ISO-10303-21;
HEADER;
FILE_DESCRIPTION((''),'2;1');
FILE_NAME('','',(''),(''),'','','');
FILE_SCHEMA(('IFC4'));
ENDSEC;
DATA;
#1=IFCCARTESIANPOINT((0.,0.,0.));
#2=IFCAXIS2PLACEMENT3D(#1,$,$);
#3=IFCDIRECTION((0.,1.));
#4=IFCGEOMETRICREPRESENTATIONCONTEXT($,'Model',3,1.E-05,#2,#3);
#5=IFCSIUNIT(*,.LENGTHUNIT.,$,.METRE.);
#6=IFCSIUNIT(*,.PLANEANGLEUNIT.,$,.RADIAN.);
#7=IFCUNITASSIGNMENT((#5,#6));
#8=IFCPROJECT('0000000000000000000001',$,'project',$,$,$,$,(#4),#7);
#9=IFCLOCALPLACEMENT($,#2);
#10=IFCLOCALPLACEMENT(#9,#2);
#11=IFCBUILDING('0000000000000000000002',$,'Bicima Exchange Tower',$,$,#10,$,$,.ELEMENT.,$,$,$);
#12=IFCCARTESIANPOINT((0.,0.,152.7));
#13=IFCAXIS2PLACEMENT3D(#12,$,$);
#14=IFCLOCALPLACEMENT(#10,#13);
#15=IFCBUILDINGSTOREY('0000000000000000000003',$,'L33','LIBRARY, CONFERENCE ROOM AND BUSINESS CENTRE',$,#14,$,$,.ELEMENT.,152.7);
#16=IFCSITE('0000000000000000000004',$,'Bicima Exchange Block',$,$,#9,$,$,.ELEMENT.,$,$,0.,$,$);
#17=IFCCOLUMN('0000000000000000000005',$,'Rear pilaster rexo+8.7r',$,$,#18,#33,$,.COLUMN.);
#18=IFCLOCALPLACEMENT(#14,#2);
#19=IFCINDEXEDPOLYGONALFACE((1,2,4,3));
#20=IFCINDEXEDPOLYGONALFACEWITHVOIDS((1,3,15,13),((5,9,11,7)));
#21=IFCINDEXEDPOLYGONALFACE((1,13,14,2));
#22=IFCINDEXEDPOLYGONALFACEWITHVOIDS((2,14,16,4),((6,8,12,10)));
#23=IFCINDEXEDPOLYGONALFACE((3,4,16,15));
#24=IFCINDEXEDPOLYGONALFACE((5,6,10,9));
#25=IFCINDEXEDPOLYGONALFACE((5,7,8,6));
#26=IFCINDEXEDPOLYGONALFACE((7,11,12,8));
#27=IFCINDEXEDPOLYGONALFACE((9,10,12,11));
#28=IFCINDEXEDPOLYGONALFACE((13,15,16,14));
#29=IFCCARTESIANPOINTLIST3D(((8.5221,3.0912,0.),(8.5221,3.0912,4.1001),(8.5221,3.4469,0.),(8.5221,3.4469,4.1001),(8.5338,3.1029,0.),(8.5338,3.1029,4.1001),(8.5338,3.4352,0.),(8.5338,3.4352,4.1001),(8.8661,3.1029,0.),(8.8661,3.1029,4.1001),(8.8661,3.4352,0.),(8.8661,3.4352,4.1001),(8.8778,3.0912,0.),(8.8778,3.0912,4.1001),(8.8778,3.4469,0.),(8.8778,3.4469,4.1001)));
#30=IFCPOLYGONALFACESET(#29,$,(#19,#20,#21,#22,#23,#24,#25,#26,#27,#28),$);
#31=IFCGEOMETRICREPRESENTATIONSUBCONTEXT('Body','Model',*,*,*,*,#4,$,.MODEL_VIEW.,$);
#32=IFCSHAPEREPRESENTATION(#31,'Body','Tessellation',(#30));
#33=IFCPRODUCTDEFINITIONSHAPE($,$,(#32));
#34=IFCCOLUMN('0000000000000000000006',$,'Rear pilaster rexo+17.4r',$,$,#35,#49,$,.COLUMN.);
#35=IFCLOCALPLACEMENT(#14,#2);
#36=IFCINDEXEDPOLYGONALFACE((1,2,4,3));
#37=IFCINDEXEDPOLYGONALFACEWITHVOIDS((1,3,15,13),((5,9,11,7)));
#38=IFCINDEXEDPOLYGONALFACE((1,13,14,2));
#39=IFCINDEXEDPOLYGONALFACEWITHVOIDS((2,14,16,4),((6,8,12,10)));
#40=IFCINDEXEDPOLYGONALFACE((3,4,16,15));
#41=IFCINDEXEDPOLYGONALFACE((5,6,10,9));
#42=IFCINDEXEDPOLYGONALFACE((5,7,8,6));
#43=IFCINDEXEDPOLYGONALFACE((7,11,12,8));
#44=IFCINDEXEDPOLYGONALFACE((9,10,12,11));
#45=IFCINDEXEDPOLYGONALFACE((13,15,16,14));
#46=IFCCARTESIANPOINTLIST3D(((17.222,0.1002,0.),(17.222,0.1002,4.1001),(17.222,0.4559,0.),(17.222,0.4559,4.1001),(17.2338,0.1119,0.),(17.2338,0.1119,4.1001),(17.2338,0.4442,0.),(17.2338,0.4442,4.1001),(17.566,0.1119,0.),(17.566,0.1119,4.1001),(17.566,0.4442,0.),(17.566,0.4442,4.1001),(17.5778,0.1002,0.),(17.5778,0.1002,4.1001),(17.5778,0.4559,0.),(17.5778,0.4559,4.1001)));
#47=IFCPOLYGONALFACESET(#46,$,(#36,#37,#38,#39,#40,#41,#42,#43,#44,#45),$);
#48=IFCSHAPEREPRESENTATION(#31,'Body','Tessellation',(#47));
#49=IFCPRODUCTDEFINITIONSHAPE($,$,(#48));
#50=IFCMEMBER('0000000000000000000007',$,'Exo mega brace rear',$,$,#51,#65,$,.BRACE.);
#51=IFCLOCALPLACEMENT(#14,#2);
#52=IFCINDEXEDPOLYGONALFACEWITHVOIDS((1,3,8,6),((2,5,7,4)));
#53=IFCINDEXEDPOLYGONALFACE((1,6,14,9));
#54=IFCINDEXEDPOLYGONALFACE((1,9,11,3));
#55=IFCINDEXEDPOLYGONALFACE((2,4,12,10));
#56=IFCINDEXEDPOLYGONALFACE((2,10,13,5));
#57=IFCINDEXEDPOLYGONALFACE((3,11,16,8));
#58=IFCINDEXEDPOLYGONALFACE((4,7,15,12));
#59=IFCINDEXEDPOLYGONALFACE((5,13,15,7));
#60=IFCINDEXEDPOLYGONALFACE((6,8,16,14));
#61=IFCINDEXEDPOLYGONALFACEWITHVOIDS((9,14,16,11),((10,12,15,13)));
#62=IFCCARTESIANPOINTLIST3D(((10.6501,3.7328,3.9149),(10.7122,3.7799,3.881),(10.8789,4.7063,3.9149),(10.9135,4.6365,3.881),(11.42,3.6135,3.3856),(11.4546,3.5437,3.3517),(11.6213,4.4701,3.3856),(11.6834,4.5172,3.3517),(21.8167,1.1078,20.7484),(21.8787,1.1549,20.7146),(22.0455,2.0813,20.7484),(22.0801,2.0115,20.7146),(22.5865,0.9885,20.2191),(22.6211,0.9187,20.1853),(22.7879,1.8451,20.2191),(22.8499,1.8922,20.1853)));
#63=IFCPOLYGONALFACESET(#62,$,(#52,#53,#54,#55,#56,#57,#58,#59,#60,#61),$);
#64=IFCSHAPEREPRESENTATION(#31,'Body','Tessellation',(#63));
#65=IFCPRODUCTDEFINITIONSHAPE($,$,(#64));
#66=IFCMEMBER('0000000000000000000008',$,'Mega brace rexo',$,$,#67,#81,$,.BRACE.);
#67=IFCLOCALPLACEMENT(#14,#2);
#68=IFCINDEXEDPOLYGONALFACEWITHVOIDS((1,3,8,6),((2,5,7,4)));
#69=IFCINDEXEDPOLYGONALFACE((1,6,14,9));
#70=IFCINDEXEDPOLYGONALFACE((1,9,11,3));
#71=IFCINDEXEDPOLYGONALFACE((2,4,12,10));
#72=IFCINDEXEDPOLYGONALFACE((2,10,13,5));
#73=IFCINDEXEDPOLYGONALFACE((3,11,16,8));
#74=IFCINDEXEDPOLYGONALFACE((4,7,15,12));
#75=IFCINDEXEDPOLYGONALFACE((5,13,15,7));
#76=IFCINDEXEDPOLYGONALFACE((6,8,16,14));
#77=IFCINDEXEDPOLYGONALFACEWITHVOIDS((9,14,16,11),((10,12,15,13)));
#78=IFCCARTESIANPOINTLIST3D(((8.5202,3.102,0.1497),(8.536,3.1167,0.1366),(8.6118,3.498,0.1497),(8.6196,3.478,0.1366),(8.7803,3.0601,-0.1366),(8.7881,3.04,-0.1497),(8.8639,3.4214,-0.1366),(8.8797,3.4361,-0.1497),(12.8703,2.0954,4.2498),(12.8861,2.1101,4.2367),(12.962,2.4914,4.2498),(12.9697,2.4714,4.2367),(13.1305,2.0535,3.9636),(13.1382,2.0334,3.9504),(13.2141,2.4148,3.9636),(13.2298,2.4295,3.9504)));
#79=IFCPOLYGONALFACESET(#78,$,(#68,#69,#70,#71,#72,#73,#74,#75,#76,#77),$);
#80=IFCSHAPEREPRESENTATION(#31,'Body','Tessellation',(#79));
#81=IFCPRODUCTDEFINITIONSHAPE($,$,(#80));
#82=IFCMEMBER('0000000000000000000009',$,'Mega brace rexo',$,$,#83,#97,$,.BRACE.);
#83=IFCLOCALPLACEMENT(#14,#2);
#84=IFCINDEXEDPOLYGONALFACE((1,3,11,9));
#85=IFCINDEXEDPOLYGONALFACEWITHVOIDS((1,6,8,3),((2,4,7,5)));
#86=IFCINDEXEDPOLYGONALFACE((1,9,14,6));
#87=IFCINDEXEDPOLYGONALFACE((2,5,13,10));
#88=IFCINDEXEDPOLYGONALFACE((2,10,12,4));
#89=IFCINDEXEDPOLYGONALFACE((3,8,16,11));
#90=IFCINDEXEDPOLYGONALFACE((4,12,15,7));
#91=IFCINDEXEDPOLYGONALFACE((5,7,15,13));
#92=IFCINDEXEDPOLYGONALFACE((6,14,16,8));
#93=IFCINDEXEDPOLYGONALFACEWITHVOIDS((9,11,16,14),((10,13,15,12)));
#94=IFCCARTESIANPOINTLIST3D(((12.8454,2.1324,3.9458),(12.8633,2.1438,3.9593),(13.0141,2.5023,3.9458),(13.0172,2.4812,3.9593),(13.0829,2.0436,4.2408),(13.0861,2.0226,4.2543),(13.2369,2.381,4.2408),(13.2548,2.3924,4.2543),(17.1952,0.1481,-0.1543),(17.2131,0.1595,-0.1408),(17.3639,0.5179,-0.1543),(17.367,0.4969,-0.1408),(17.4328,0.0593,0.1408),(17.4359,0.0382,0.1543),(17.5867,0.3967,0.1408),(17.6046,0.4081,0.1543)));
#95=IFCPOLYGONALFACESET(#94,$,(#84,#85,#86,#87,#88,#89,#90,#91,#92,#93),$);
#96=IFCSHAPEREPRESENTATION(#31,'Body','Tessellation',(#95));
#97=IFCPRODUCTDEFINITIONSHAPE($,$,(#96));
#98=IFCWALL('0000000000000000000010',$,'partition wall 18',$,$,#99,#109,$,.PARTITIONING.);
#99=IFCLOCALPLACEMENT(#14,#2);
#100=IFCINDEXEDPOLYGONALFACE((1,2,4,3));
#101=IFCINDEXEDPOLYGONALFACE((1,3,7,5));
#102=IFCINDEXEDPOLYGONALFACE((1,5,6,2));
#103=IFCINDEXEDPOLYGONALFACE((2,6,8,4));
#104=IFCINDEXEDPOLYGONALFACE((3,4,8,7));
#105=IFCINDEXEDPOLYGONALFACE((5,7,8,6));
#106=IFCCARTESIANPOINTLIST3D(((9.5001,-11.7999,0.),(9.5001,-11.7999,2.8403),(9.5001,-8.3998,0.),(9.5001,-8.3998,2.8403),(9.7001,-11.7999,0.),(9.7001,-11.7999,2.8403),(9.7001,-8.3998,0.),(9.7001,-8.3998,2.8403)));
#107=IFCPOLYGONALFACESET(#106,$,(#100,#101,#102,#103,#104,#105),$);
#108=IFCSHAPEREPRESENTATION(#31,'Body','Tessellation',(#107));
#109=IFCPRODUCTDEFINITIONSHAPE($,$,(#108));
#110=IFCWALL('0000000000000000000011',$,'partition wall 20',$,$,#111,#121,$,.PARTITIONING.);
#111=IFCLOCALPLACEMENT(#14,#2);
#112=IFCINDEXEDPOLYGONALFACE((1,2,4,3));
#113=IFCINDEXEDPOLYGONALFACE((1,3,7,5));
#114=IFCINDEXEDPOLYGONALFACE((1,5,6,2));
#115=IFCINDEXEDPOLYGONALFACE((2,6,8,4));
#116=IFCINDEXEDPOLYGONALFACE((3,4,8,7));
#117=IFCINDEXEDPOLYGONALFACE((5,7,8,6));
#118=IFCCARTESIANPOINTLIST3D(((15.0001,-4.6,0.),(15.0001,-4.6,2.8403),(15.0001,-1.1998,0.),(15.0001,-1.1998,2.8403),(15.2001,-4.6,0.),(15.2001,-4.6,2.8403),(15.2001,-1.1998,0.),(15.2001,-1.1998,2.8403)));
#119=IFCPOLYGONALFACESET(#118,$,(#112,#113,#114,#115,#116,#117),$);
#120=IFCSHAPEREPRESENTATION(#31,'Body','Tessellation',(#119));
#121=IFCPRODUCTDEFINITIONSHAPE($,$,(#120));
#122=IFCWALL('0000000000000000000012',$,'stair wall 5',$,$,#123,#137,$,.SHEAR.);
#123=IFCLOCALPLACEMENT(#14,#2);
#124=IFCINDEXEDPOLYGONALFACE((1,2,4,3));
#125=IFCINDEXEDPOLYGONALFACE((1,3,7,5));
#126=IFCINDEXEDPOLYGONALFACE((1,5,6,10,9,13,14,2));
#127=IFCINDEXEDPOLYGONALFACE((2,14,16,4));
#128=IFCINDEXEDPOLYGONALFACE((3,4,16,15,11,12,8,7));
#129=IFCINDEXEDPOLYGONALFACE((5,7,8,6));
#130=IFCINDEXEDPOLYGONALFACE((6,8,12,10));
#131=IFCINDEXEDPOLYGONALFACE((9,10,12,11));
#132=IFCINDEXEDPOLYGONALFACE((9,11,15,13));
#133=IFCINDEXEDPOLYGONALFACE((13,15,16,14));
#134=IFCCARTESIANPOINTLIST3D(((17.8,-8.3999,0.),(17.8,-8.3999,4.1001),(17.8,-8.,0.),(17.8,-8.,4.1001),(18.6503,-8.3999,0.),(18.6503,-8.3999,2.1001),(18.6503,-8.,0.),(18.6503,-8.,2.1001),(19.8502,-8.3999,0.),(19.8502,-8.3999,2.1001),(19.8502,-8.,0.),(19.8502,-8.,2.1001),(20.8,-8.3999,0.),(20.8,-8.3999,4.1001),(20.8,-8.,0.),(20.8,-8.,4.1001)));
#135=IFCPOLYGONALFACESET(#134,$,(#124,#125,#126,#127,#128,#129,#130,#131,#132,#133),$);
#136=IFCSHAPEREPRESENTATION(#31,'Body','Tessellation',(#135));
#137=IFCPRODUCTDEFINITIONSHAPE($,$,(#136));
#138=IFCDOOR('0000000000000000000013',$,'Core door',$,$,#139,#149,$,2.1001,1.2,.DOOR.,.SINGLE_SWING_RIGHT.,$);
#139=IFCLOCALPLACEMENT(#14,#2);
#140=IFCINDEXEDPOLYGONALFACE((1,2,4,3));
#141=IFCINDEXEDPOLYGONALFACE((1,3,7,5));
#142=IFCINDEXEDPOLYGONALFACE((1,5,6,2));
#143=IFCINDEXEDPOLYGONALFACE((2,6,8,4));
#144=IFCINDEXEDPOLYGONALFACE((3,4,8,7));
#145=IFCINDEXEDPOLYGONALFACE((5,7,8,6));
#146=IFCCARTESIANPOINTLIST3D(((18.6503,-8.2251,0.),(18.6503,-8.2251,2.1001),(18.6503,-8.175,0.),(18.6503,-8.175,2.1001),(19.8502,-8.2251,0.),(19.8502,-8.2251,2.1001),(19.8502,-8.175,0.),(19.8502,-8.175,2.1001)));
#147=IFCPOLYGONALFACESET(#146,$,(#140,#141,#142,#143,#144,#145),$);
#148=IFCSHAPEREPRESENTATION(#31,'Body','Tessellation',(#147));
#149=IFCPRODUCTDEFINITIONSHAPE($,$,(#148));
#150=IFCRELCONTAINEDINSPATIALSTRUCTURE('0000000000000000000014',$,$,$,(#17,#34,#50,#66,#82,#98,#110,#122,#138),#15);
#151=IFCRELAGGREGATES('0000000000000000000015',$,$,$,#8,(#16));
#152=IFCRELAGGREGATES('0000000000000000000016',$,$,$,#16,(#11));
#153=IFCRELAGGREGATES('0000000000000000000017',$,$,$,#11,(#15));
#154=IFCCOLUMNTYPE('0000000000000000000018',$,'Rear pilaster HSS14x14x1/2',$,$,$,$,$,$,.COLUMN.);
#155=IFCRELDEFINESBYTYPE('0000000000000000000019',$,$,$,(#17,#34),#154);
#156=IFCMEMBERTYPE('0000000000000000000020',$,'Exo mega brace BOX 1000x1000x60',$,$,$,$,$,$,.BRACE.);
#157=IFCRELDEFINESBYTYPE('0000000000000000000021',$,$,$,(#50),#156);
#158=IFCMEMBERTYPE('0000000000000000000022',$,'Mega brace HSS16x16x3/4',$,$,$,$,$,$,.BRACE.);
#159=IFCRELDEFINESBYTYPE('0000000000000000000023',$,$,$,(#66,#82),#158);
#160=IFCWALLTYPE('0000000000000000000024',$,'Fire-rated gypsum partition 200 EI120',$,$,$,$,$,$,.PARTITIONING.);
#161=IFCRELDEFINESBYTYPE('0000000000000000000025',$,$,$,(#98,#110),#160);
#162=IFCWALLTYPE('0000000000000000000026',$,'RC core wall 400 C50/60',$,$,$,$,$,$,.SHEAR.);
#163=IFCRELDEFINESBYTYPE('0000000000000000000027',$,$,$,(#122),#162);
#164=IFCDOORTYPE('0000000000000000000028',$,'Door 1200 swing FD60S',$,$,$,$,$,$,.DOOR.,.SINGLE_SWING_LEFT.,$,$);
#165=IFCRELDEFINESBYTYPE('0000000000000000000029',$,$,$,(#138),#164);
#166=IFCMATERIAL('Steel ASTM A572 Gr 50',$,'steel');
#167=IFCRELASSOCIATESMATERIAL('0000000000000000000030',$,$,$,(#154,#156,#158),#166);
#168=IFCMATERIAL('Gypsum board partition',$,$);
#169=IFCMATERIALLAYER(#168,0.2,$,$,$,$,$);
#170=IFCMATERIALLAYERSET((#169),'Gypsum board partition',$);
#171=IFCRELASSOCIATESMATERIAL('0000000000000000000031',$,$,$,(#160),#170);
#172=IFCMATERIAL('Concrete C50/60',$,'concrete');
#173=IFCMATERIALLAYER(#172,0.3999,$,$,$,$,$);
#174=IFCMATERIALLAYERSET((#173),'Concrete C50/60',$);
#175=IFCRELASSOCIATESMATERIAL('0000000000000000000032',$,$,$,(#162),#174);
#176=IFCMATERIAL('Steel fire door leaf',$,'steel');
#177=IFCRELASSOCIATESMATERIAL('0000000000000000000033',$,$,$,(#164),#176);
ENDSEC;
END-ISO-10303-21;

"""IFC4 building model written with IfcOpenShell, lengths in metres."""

from ifc_helpers import new_model, si_unit, direction, frame, frame_2d, origin, origin_2d, place, context, subcontext, project, spatial, rectangle, hollow_rectangle, extrude, material, layer, layer_set, material_profile, profile_set, type_object, element, fill, save


model = new_model("IFC4")

# Units and contexts
model_context = context("Model", 3, precision=1e-05, world=origin(), true_north=direction((0.0, 1.0)))
body_context = subcontext(model_context, "Body", "Model", "MODEL_VIEW")
ifc_project = project(units=[si_unit("LENGTHUNIT", "METRE"), si_unit("PLANEANGLEUNIT", "RADIAN")], contexts=[model_context])

# Site, building, storey
site_placement = place(None, origin())
site = spatial("IfcSite", under=ifc_project, at=site_placement, Name="Bicima Exchange Block", CompositionType="ELEMENT", RefElevation=0.0)
building_placement = place(site_placement, origin())
building = spatial("IfcBuilding", under=site, at=building_placement, Name="Bicima Exchange Tower", CompositionType="ELEMENT")
storey_placement = place(building_placement, frame((0.0, 0.0, 152.7)))
storey = spatial("IfcBuildingStorey", under=building, at=storey_placement, Name="L33", Description="LIBRARY, CONFERENCE ROOM AND BUSINESS CENTRE", CompositionType="ELEMENT", Elevation=152.7)

# Columns
ifc_material_1 = material(Name="Steel ASTM A572 Gr 50", Category="steel")
ifc_material_profile_1 = material_profile(ifc_material_1, hollow_rectangle(XDim=0.3557, YDim=0.3557, WallThickness=0.0117, at=origin_2d()))
ifc_profile_set_1 = profile_set([ifc_material_profile_1], Name="Steel ASTM A572 Gr 50")
column_type = type_object("IfcColumnType", Name="Rear pilaster HSS14x14x1/2", PredefinedType="COLUMN", material=ifc_profile_set_1)
for number, where, z_axis, x_axis, name in (
    (1, (8.7, 3.269, 0.0), (0.0, 0.0, 1.0), (1.0, 0.0, 0.0), "Rear pilaster rexo+8.7r"),
    (2, (17.3999, 0.2781, 0.0), (0.0, 0.0, 1.0), (1.0, 0.0, 0.0), "Rear pilaster rexo+17.4r"),
):
    element("IfcColumn", number, at=place(storey_placement, frame(where, z_axis=z_axis, x_axis=x_axis)), inside=storey, type_object=column_type, Name=name, PredefinedType="COLUMN", context=body_context, shape_type="SweptSolid", body=[
        extrude(hollow_rectangle(XDim=0.3557, YDim=0.3557, WallThickness=0.0117, at=origin_2d()), origin(), (0.0, 0.0, 1.0), 4.1001),
    ])

# Members
ifc_material_profile_2 = material_profile(ifc_material_1, hollow_rectangle(XDim=1.0, YDim=1.0, WallThickness=0.0601, at=origin_2d()))
ifc_profile_set_2 = profile_set([ifc_material_profile_2], Name="Steel ASTM A572 Gr 50")
member_type_1 = type_object("IfcMemberType", Name="Exo mega brace BOX 1000x1000x60", PredefinedType="BRACE", material=ifc_profile_set_2)
member_1_placement = place(storey_placement, frame((11.1667, 4.125, 3.6333), z_axis=(0.548176, -0.128864, 0.826376), x_axis=(0.22884, 0.973464, 0.0)))
element("IfcMember", 3, at=member_1_placement, inside=storey, type_object=member_type_1, Name="Exo mega brace rear", PredefinedType="BRACE", context=body_context, shape_type="SweptSolid", body=[
    extrude(hollow_rectangle(XDim=1.0, YDim=1.0, WallThickness=0.0601, at=origin_2d()), origin(), (0.0, 0.0, 1.0), 20.3704),
])
ifc_material_profile_3 = material_profile(ifc_material_1, hollow_rectangle(XDim=0.4065, YDim=0.4065, WallThickness=0.0178, at=origin_2d()))
ifc_profile_set_3 = profile_set([ifc_material_profile_3], Name="Steel ASTM A572 Gr 50")
member_type_2 = type_object("IfcMemberType", Name="Mega brace HSS16x16x3/4", PredefinedType="BRACE", material=ifc_profile_set_3)
member_2_placement = place(storey_placement, frame((8.7, 3.269, 0.0), z_axis=(0.717606, -0.166051, 0.676365), x_axis=(0.225439, 0.974257, 0.0)))
element("IfcMember", 4, at=member_2_placement, inside=storey, type_object=member_type_2, Name="Mega brace rexo", PredefinedType="BRACE", context=body_context, shape_type="SweptSolid", body=[
    extrude(hollow_rectangle(XDim=0.4065, YDim=0.4065, WallThickness=0.0178, at=origin_2d()), origin(), (0.0, 0.0, 1.0), 6.062),
])
member_3_placement = place(storey_placement, frame((17.3999, 0.2781, 0.0), z_axis=(-0.690629, 0.31506, 0.650975), x_axis=(-0.415045, -0.909801, 0.0)))
element("IfcMember", 5, at=member_3_placement, inside=storey, type_object=member_type_2, Name="Mega brace rexo", PredefinedType="BRACE", context=body_context, shape_type="SweptSolid", body=[
    extrude(hollow_rectangle(XDim=0.4065, YDim=0.4065, WallThickness=0.0178, at=origin_2d()), origin(), (0.0, 0.0, 1.0), 6.2983),
])

# Walls
ifc_material_2 = material(Name="Gypsum board partition")
ifc_layer_1 = layer(ifc_material_2, 0.2)
ifc_layer_set_1 = layer_set([ifc_layer_1], Name="Gypsum board partition")
wall_type_1 = type_object("IfcWallType", Name="Fire-rated gypsum partition 200 EI120", PredefinedType="PARTITIONING", material=ifc_layer_set_1)
for number, where, z_axis, x_axis, name in (
    (6, (9.6001, -11.8, 0.0), (0.0, 0.0, 1.0), (0.0, 1.0, 0.0), "partition wall 18"),
    (7, (15.1001, -4.6001, 0.0), (0.0, 0.0, 1.0), (0.0, 1.0, 0.0), "partition wall 20"),
):
    element("IfcWall", number, at=place(storey_placement, frame(where, z_axis=z_axis, x_axis=x_axis)), inside=storey, type_object=wall_type_1, Name=name, PredefinedType="PARTITIONING", context=body_context, shape_type="SweptSolid", body=[
        extrude(rectangle(XDim=3.4001, YDim=0.2, at=frame_2d((1.7002, 0.0))), origin(), (0.0, 0.0, 1.0), 2.8403),
    ])

# Wall, opening, door
ifc_material_3 = material(Name="Concrete C50/60", Category="concrete")
ifc_layer_2 = layer(ifc_material_3, 0.3999)
ifc_layer_set_2 = layer_set([ifc_layer_2], Name="Concrete C50/60")
wall_type_2 = type_object("IfcWallType", Name="RC core wall 400 C50/60", PredefinedType="SHEAR", material=ifc_layer_set_2)
wall_1_placement = place(storey_placement, frame((17.8, -8.2, 0.0), z_axis=(0.0, 0.0, 1.0), x_axis=(1.0, 0.0, 0.0)))
wall_1 = element("IfcWall", 8, at=wall_1_placement, inside=storey, type_object=wall_type_2, Name="stair wall 5", PredefinedType="SHEAR", context=body_context, shape_type="SweptSolid", body=[
    extrude(rectangle(XDim=3.0, YDim=0.3999, at=frame_2d((1.5, 0.0))), origin(), (0.0, 0.0, 1.0), 4.1001),
])
opening_1_placement = place(wall_1_placement, frame((0.8501, 0.0, 0.0)))
opening_1 = element("IfcOpeningElement", 9, at=opening_1_placement, cuts=wall_1, PredefinedType="OPENING", context=body_context, shape_type="SweptSolid", body=[
    extrude(rectangle(XDim=1.2, YDim=2.1001, at=frame_2d((0.6001, 1.05))), frame((0.0, 0.2119, 0.0), z_axis=(0.0, -1.0, 0.0), x_axis=(1.0, 0.0, 0.0)), (0.0, 0.0, 1.0), 0.4238),
])
ifc_material_4 = material(Name="Steel fire door leaf", Category="steel")
door_type_1 = type_object("IfcDoorType", Name="Door 1200 swing FD60S", OperationType="SINGLE_SWING_LEFT", PredefinedType="DOOR", material=ifc_material_4)
door_1_placement = place(opening_1_placement, origin())
door_1 = element("IfcDoor", 10, at=door_1_placement, inside=storey, type_object=door_type_1, Name="Core door", OperationType="SINGLE_SWING_RIGHT", OverallHeight=2.1001, OverallWidth=1.2, PredefinedType="DOOR", context=body_context, shape_type="SweptSolid", body=[
    extrude(rectangle(XDim=1.2, YDim=2.1001, at=frame_2d((0.6001, 1.05))), frame((0.0, 0.0249, 0.0), z_axis=(0.0, -1.0, 0.0), x_axis=(1.0, 0.0, 0.0)), (0.0, 0.0, 1.0), 0.05),
])
fill(opening_1, door_1)

save(model, "model.ifc")
